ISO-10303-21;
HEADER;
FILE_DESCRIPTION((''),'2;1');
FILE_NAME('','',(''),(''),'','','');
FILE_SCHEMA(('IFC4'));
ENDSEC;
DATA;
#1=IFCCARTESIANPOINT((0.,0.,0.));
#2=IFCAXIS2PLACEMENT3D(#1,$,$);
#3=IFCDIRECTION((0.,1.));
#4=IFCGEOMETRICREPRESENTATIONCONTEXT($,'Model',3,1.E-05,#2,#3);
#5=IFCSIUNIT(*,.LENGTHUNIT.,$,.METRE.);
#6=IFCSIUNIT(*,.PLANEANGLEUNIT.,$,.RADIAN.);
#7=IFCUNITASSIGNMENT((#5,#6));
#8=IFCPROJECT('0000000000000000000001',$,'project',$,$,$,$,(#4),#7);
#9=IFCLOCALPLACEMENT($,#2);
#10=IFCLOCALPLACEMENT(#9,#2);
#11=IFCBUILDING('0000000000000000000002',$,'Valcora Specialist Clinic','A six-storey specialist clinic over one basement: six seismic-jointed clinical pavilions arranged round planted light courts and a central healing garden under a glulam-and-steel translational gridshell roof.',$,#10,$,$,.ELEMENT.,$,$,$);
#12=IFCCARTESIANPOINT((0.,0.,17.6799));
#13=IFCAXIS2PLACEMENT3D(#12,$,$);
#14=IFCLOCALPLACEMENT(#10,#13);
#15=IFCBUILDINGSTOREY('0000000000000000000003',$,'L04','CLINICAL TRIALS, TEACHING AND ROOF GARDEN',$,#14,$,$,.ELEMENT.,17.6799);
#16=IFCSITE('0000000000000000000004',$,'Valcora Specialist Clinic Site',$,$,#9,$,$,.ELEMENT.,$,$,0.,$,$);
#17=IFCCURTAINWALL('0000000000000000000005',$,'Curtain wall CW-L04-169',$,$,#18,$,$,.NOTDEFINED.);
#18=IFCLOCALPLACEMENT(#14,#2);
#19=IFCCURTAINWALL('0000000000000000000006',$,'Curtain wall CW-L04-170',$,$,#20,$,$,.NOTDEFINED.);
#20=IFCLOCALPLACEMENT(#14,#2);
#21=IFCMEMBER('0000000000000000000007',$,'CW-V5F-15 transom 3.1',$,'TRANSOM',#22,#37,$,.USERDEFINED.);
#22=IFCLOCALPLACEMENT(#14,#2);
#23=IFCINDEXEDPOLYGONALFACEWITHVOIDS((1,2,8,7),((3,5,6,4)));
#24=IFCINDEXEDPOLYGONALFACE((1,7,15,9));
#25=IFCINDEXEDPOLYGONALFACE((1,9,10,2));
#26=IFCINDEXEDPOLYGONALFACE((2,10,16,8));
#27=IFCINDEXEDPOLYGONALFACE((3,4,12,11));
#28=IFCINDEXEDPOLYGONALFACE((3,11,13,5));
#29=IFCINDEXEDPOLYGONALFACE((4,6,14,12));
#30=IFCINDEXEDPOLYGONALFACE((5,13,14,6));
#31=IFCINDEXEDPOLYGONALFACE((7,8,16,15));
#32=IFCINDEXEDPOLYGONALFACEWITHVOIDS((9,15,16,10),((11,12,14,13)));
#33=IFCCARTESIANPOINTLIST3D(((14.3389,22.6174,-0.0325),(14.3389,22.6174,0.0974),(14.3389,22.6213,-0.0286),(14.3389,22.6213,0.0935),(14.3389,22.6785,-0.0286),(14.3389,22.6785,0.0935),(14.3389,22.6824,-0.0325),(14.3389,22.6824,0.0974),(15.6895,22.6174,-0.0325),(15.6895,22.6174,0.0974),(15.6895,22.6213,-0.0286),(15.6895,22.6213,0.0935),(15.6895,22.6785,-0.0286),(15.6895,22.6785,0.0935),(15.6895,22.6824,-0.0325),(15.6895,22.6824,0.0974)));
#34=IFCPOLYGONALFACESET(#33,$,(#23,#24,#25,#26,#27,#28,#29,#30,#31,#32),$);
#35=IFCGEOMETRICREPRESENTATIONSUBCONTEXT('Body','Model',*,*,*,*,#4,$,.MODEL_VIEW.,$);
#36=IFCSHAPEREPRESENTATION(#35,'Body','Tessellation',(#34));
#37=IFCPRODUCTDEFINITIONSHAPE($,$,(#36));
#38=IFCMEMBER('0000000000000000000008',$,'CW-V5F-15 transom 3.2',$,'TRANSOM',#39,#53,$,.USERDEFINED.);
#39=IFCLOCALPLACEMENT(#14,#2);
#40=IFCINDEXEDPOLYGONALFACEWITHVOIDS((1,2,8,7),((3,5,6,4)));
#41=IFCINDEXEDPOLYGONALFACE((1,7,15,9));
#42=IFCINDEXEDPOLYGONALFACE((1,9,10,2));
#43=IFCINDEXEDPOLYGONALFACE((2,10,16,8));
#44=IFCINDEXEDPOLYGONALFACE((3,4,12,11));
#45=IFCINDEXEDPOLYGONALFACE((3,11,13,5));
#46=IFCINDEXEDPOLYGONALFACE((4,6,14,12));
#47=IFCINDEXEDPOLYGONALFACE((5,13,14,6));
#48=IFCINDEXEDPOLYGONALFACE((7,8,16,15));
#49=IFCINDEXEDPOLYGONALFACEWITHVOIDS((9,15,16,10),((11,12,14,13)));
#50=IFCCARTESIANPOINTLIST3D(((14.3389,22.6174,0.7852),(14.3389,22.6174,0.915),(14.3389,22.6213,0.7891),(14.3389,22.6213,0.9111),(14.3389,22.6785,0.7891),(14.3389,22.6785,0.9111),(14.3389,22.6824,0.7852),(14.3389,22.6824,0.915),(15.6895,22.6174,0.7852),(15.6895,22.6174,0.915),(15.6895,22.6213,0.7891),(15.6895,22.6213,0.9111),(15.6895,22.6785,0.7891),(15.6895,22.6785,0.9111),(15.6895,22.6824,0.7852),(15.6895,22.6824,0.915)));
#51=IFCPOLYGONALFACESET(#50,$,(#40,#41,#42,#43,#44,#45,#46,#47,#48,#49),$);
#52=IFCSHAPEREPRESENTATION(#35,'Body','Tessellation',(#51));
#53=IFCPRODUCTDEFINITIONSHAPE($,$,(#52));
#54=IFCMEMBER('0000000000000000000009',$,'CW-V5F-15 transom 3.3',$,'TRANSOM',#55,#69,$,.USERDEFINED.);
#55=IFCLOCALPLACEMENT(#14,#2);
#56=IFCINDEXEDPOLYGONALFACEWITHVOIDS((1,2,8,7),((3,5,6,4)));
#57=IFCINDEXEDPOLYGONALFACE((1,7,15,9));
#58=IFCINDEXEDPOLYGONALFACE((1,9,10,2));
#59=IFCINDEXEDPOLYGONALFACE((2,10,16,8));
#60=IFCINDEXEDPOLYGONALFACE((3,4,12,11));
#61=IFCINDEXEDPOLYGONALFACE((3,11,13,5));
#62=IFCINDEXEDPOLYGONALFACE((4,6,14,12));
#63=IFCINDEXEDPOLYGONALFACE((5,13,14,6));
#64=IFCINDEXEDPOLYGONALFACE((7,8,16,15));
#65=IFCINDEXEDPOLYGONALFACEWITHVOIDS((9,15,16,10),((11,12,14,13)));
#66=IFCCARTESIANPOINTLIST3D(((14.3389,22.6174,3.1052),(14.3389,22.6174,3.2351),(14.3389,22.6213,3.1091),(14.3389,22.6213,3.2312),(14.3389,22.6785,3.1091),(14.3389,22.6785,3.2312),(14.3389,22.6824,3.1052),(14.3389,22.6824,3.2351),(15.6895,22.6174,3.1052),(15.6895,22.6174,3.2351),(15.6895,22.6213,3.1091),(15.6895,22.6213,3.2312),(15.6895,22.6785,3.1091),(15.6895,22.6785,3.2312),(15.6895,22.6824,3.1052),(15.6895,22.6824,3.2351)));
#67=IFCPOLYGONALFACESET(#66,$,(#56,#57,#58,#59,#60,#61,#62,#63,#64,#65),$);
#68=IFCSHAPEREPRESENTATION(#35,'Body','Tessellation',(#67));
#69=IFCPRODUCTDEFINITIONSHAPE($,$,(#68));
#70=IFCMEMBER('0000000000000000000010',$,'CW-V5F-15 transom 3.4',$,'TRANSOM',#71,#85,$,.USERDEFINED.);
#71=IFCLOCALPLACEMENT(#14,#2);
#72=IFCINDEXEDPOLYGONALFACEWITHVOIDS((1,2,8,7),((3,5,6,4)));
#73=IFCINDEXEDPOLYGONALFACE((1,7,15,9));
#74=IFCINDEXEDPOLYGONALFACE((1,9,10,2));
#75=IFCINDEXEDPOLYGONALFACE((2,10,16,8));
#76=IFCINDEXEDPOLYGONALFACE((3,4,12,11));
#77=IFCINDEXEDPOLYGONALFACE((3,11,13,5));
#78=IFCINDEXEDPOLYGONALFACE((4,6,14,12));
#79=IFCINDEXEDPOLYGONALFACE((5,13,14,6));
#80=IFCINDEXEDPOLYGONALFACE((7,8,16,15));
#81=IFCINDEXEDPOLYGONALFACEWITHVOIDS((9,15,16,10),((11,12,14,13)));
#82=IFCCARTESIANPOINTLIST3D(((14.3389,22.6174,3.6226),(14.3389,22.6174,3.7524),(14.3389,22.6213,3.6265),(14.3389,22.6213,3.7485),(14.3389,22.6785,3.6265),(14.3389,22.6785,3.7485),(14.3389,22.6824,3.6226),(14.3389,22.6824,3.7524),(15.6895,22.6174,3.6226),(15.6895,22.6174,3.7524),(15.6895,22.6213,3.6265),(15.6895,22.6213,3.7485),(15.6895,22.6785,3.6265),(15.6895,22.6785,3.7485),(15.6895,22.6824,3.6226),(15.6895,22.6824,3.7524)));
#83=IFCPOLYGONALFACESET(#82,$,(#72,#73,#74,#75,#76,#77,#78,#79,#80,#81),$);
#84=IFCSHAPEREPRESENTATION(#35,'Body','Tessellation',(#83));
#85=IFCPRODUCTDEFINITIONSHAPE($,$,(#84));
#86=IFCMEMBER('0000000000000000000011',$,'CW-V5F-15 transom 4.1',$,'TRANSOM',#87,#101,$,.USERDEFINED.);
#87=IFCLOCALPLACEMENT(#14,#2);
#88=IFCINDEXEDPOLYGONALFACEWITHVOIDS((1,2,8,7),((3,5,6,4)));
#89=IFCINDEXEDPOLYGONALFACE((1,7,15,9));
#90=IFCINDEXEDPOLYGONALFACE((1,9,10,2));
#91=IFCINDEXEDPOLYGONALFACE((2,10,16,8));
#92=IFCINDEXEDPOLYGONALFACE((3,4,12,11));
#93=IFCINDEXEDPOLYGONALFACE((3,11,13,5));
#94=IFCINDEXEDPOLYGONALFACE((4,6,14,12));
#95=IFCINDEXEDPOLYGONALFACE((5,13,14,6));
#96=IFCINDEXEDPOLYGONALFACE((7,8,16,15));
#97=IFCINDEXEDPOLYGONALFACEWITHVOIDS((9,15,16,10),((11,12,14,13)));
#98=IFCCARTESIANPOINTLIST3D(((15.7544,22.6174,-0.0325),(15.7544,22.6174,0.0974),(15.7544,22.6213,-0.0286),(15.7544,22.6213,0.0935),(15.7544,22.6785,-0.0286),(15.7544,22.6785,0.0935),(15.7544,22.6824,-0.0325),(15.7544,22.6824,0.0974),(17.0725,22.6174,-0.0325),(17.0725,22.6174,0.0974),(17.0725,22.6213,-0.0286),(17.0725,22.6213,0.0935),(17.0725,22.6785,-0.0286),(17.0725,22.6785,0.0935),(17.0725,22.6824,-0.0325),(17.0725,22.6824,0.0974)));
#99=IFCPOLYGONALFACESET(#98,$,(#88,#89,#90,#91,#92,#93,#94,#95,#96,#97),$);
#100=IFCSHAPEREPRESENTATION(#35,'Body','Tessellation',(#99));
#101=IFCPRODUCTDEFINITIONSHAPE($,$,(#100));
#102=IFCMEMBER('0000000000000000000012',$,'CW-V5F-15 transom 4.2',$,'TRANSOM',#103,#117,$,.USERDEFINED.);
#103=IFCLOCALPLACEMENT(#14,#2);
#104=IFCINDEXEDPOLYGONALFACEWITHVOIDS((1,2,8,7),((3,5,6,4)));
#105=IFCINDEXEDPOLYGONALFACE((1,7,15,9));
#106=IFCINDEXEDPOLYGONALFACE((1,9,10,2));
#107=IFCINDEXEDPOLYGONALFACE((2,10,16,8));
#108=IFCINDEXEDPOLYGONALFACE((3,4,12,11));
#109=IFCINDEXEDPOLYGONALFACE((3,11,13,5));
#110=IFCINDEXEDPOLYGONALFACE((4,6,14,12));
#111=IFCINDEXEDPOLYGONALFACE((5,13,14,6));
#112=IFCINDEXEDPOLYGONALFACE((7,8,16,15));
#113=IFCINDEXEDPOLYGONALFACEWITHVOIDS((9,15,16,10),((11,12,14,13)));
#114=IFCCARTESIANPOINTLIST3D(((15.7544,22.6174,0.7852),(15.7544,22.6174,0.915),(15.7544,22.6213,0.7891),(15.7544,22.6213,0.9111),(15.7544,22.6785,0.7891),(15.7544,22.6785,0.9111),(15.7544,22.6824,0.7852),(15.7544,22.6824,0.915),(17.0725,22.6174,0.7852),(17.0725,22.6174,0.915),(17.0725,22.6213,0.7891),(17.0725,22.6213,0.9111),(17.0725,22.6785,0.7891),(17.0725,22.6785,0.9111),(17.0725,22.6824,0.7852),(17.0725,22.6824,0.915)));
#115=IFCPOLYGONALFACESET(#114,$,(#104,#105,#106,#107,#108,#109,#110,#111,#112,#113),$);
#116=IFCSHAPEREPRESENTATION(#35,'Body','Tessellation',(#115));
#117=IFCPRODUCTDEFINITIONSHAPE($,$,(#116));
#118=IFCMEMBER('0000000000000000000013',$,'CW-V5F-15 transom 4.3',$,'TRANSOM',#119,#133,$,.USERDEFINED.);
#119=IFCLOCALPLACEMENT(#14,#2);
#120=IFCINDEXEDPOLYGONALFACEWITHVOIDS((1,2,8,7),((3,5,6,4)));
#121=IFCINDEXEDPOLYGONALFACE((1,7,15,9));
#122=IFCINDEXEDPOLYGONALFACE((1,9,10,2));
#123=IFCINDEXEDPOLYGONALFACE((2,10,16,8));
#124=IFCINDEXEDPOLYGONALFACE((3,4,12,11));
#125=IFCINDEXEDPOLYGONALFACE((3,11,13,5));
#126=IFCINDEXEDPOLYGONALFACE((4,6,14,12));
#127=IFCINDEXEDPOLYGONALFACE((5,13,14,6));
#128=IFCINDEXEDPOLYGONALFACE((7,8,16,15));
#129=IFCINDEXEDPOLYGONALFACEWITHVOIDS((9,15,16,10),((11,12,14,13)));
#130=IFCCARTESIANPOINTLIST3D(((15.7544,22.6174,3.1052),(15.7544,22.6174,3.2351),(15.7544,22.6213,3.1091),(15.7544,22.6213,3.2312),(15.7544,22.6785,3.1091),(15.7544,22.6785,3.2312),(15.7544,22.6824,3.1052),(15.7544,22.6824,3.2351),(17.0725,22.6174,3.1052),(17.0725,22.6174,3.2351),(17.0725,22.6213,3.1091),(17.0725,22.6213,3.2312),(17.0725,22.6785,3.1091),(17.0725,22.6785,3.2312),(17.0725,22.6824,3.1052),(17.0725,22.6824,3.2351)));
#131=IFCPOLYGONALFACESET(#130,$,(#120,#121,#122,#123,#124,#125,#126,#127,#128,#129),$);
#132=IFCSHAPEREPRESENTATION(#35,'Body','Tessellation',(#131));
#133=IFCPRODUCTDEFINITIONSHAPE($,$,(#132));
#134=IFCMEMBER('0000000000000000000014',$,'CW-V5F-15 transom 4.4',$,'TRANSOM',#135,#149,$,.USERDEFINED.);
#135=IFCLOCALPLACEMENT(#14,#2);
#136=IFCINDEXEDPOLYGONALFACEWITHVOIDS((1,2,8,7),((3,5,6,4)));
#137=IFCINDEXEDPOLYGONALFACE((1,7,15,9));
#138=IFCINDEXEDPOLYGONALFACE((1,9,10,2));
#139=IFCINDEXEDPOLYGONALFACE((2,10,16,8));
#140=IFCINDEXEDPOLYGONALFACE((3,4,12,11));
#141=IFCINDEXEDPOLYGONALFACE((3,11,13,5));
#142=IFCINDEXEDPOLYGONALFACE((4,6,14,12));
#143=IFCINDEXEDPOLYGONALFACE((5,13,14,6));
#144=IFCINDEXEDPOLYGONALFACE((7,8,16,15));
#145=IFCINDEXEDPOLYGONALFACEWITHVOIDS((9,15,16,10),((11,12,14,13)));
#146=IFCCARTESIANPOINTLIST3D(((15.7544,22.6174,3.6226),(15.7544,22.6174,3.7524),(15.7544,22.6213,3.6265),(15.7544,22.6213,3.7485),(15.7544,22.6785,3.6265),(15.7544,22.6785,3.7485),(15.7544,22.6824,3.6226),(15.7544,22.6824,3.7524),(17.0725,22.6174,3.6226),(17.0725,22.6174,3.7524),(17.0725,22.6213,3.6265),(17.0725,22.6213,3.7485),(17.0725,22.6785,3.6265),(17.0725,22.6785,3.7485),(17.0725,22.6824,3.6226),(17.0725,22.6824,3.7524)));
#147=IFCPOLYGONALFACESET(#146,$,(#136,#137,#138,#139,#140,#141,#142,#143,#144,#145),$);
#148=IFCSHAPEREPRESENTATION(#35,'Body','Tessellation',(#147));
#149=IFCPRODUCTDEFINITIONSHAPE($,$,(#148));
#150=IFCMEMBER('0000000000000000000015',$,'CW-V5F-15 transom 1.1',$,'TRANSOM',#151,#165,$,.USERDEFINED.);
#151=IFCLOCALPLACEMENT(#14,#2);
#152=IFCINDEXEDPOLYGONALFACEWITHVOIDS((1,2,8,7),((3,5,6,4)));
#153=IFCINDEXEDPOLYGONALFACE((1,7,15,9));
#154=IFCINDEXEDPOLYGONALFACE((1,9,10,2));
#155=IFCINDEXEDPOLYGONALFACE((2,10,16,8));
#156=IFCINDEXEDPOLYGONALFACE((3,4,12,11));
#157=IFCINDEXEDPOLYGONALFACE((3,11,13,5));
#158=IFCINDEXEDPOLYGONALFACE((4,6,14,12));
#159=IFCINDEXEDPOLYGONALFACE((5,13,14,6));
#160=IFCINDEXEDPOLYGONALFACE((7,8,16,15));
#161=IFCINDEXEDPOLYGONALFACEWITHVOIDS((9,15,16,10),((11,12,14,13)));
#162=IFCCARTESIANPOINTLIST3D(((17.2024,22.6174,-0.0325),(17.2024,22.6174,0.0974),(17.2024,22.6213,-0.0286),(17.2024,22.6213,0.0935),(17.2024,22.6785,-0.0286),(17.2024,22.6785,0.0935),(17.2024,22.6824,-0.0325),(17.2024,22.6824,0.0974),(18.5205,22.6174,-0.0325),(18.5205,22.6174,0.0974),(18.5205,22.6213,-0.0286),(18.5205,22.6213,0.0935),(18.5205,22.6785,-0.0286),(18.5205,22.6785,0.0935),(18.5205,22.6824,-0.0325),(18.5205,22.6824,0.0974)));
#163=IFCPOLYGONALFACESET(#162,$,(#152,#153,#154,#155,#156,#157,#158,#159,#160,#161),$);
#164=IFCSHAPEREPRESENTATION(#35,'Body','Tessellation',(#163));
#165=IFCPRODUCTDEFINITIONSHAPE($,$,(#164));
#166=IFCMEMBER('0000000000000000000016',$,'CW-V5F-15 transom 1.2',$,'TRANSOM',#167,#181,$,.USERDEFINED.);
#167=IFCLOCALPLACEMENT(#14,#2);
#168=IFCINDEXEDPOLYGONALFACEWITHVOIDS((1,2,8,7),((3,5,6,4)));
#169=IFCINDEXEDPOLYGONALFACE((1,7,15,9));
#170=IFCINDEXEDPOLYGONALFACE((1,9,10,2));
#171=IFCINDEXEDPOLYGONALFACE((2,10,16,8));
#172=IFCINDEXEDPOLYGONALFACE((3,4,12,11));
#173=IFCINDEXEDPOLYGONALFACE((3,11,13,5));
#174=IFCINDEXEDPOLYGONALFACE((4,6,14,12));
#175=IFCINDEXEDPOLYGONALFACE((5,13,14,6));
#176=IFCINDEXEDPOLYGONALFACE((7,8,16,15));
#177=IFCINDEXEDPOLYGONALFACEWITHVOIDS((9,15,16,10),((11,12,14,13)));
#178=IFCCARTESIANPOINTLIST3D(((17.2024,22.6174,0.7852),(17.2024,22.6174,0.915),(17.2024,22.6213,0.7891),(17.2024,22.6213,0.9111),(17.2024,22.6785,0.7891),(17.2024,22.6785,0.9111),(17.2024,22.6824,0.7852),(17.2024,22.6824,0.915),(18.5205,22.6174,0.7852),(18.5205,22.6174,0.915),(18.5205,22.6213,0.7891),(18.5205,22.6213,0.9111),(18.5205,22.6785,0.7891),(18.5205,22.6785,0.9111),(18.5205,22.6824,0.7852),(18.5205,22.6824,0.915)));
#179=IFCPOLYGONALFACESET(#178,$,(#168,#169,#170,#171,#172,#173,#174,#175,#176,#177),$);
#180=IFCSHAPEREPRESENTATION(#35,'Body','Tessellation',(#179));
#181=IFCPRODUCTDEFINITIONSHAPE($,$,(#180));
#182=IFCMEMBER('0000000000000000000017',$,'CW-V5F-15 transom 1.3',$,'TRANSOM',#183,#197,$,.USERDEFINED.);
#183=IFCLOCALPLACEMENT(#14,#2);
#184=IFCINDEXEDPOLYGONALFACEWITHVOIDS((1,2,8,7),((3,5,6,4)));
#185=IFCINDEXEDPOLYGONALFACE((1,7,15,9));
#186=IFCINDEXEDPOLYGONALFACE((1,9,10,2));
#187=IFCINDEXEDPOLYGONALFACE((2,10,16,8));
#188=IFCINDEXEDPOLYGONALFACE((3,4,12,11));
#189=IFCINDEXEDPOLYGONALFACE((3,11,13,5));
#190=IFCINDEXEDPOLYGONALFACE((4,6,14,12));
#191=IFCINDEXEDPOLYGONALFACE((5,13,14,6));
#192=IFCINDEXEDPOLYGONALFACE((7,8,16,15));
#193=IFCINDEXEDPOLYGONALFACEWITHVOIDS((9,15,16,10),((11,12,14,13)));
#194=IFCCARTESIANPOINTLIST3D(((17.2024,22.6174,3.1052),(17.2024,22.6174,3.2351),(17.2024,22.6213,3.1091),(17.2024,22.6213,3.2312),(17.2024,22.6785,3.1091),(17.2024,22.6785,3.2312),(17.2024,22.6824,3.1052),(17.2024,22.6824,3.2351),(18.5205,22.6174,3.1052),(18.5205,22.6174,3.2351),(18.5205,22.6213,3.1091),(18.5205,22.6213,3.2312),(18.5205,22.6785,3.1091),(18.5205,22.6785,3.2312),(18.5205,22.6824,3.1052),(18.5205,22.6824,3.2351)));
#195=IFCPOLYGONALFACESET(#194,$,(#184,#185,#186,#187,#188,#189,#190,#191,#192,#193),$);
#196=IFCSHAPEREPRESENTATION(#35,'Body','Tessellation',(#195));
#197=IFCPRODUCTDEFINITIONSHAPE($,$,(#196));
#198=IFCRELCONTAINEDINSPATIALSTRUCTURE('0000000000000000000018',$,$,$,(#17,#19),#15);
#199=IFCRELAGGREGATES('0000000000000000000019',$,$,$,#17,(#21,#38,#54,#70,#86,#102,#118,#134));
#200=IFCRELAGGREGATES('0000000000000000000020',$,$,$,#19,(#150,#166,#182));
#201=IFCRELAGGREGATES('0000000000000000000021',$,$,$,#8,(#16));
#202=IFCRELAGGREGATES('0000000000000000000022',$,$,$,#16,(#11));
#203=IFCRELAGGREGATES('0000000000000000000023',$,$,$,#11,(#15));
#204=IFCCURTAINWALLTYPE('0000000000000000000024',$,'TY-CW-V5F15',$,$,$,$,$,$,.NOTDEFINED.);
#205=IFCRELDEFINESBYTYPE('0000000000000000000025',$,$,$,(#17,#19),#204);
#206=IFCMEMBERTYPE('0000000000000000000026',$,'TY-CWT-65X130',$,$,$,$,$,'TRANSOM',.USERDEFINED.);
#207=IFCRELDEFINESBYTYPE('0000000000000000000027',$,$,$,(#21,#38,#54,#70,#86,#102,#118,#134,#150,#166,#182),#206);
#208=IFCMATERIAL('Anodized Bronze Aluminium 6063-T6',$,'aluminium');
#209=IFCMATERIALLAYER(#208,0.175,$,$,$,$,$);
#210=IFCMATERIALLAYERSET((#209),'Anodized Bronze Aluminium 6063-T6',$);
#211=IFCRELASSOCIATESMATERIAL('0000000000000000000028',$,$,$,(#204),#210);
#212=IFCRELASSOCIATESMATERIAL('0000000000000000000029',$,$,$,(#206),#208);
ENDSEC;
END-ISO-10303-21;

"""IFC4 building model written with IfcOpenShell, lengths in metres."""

from ifc_helpers import new_model, si_unit, direction, frame, origin, origin_2d, place, context, subcontext, project, spatial, hollow_rectangle, extrude, material, layer, layer_set, material_profile, profile_set, type_object, element, aggregate, save


model = new_model("IFC4")

# Units and contexts
model_context = context("Model", 3, precision=1e-05, world=origin(), true_north=direction((0.0, 1.0)))
body_context = subcontext(model_context, "Body", "Model", "MODEL_VIEW")
ifc_project = project(units=[si_unit("LENGTHUNIT", "METRE"), si_unit("PLANEANGLEUNIT", "RADIAN")], contexts=[model_context])

# Site, building, storey
site_placement = place(None, origin())
site = spatial("IfcSite", under=ifc_project, at=site_placement, Name="Valcora Specialist Clinic Site", CompositionType="ELEMENT", RefElevation=0.0)
building_placement = place(site_placement, origin())
building = spatial("IfcBuilding", under=site, at=building_placement, Name="Valcora Specialist Clinic", Description="A six-storey specialist clinic over one basement: six seismic-jointed clinical pavilions arranged round planted light courts and a central healing garden under a glulam-and-steel translational gridshell roof.", CompositionType="ELEMENT")
storey_placement = place(building_placement, frame((0.0, 0.0, 17.6799)))
storey = spatial("IfcBuildingStorey", under=building, at=storey_placement, Name="L04", Description="CLINICAL TRIALS, TEACHING AND ROOF GARDEN", CompositionType="ELEMENT", Elevation=17.6799)

# Curtain wall
ifc_material_1 = material(Name="Anodized Bronze Aluminium 6063-T6", Category="aluminium")
ifc_layer_1 = layer(ifc_material_1, 0.175)
ifc_layer_set_1 = layer_set([ifc_layer_1], Name="Anodized Bronze Aluminium 6063-T6")
curtain_wall_type = type_object("IfcCurtainWallType", Name="TY-CW-V5F15", PredefinedType="NOTDEFINED", material=ifc_layer_set_1)
curtain_wall_1_placement = place(storey_placement, origin())
curtain_wall_1 = element("IfcCurtainWall", 1, at=curtain_wall_1_placement, inside=storey, type_object=curtain_wall_type, Name="Curtain wall CW-L04-169", PredefinedType="NOTDEFINED")

# Curtain wall
curtain_wall_2_placement = place(storey_placement, origin())
curtain_wall_2 = element("IfcCurtainWall", 2, at=curtain_wall_2_placement, inside=storey, type_object=curtain_wall_type, Name="Curtain wall CW-L04-170", PredefinedType="NOTDEFINED")

# Members
ifc_material_profile_1 = material_profile(ifc_material_1, hollow_rectangle(XDim=0.0649, YDim=0.1299, WallThickness=0.0039, at=origin_2d()), Name="AL-TRN-65X130")
ifc_profile_set_1 = profile_set([ifc_material_profile_1], Name="Anodized Bronze Aluminium 6063-T6")
member_type_1 = type_object("IfcMemberType", Name="TY-CWT-65X130", ElementType="TRANSOM", PredefinedType="USERDEFINED", material=ifc_profile_set_1)
member_1_placement = place(storey_placement, frame((14.3389, 22.6499, 0.0325), z_axis=(1.0, 0.0, 0.0), x_axis=(0.0, 1.0, 0.0)))
member_1 = element("IfcMember", 3, at=member_1_placement, type_object=member_type_1, Name="CW-V5F-15 transom 3.1", ObjectType="TRANSOM", PredefinedType="USERDEFINED", context=body_context, shape_type="SweptSolid", body=[
    extrude(hollow_rectangle(XDim=0.0649, YDim=0.1299, WallThickness=0.0039, at=origin_2d()), origin(), (0.0, 0.0, 1.0), 1.3506),
])
member_2_placement = place(storey_placement, frame((14.3389, 22.6499, 0.8501), z_axis=(1.0, 0.0, 0.0), x_axis=(0.0, 1.0, 0.0)))
member_2 = element("IfcMember", 4, at=member_2_placement, type_object=member_type_1, Name="CW-V5F-15 transom 3.2", ObjectType="TRANSOM", PredefinedType="USERDEFINED", context=body_context, shape_type="SweptSolid", body=[
    extrude(hollow_rectangle(XDim=0.0649, YDim=0.1299, WallThickness=0.0039, at=origin_2d()), origin(), (0.0, 0.0, 1.0), 1.3506),
])
member_3_placement = place(storey_placement, frame((14.3389, 22.6499, 3.1702), z_axis=(1.0, 0.0, 0.0), x_axis=(0.0, 1.0, 0.0)))
member_3 = element("IfcMember", 5, at=member_3_placement, type_object=member_type_1, Name="CW-V5F-15 transom 3.3", ObjectType="TRANSOM", PredefinedType="USERDEFINED", context=body_context, shape_type="SweptSolid", body=[
    extrude(hollow_rectangle(XDim=0.0649, YDim=0.1299, WallThickness=0.0039, at=origin_2d()), origin(), (0.0, 0.0, 1.0), 1.3506),
])
member_4_placement = place(storey_placement, frame((14.3389, 22.6499, 3.6875), z_axis=(1.0, 0.0, 0.0), x_axis=(0.0, 1.0, 0.0)))
member_4 = element("IfcMember", 6, at=member_4_placement, type_object=member_type_1, Name="CW-V5F-15 transom 3.4", ObjectType="TRANSOM", PredefinedType="USERDEFINED", context=body_context, shape_type="SweptSolid", body=[
    extrude(hollow_rectangle(XDim=0.0649, YDim=0.1299, WallThickness=0.0039, at=origin_2d()), origin(), (0.0, 0.0, 1.0), 1.3506),
])
member_5_placement = place(storey_placement, frame((15.7544, 22.6499, 0.0325), z_axis=(1.0, 0.0, 0.0), x_axis=(0.0, 1.0, 0.0)))
member_5 = element("IfcMember", 7, at=member_5_placement, type_object=member_type_1, Name="CW-V5F-15 transom 4.1", ObjectType="TRANSOM", PredefinedType="USERDEFINED", context=body_context, shape_type="SweptSolid", body=[
    extrude(hollow_rectangle(XDim=0.0649, YDim=0.1299, WallThickness=0.0039, at=origin_2d()), origin(), (0.0, 0.0, 1.0), 1.3181),
])
member_6_placement = place(storey_placement, frame((15.7544, 22.6499, 0.8501), z_axis=(1.0, 0.0, 0.0), x_axis=(0.0, 1.0, 0.0)))
member_6 = element("IfcMember", 8, at=member_6_placement, type_object=member_type_1, Name="CW-V5F-15 transom 4.2", ObjectType="TRANSOM", PredefinedType="USERDEFINED", context=body_context, shape_type="SweptSolid", body=[
    extrude(hollow_rectangle(XDim=0.0649, YDim=0.1299, WallThickness=0.0039, at=origin_2d()), origin(), (0.0, 0.0, 1.0), 1.3181),
])
member_7_placement = place(storey_placement, frame((15.7544, 22.6499, 3.1702), z_axis=(1.0, 0.0, 0.0), x_axis=(0.0, 1.0, 0.0)))
member_7 = element("IfcMember", 9, at=member_7_placement, type_object=member_type_1, Name="CW-V5F-15 transom 4.3", ObjectType="TRANSOM", PredefinedType="USERDEFINED", context=body_context, shape_type="SweptSolid", body=[
    extrude(hollow_rectangle(XDim=0.0649, YDim=0.1299, WallThickness=0.0039, at=origin_2d()), origin(), (0.0, 0.0, 1.0), 1.3181),
])
member_8_placement = place(storey_placement, frame((15.7544, 22.6499, 3.6875), z_axis=(1.0, 0.0, 0.0), x_axis=(0.0, 1.0, 0.0)))
member_8 = element("IfcMember", 10, at=member_8_placement, type_object=member_type_1, Name="CW-V5F-15 transom 4.4", ObjectType="TRANSOM", PredefinedType="USERDEFINED", context=body_context, shape_type="SweptSolid", body=[
    extrude(hollow_rectangle(XDim=0.0649, YDim=0.1299, WallThickness=0.0039, at=origin_2d()), origin(), (0.0, 0.0, 1.0), 1.3181),
])
member_9_placement = place(storey_placement, frame((17.2024, 22.6499, 0.0325), z_axis=(1.0, 0.0, 0.0), x_axis=(0.0, 1.0, 0.0)))
member_9 = element("IfcMember", 11, at=member_9_placement, type_object=member_type_1, Name="CW-V5F-15 transom 1.1", ObjectType="TRANSOM", PredefinedType="USERDEFINED", context=body_context, shape_type="SweptSolid", body=[
    extrude(hollow_rectangle(XDim=0.0649, YDim=0.1299, WallThickness=0.0039, at=origin_2d()), origin(), (0.0, 0.0, 1.0), 1.3181),
])
member_10_placement = place(storey_placement, frame((17.2024, 22.6499, 0.8501), z_axis=(1.0, 0.0, 0.0), x_axis=(0.0, 1.0, 0.0)))
member_10 = element("IfcMember", 12, at=member_10_placement, type_object=member_type_1, Name="CW-V5F-15 transom 1.2", ObjectType="TRANSOM", PredefinedType="USERDEFINED", context=body_context, shape_type="SweptSolid", body=[
    extrude(hollow_rectangle(XDim=0.0649, YDim=0.1299, WallThickness=0.0039, at=origin_2d()), origin(), (0.0, 0.0, 1.0), 1.3181),
])
member_11_placement = place(storey_placement, frame((17.2024, 22.6499, 3.1702), z_axis=(1.0, 0.0, 0.0), x_axis=(0.0, 1.0, 0.0)))
member_11 = element("IfcMember", 13, at=member_11_placement, type_object=member_type_1, Name="CW-V5F-15 transom 1.3", ObjectType="TRANSOM", PredefinedType="USERDEFINED", context=body_context, shape_type="SweptSolid", body=[
    extrude(hollow_rectangle(XDim=0.0649, YDim=0.1299, WallThickness=0.0039, at=origin_2d()), origin(), (0.0, 0.0, 1.0), 1.3181),
])

aggregate(curtain_wall_1, [member_1, member_2, member_3, member_4, member_5, member_6, member_7, member_8])
aggregate(curtain_wall_2, [member_9, member_10, member_11])

save(model, "model.ifc")
